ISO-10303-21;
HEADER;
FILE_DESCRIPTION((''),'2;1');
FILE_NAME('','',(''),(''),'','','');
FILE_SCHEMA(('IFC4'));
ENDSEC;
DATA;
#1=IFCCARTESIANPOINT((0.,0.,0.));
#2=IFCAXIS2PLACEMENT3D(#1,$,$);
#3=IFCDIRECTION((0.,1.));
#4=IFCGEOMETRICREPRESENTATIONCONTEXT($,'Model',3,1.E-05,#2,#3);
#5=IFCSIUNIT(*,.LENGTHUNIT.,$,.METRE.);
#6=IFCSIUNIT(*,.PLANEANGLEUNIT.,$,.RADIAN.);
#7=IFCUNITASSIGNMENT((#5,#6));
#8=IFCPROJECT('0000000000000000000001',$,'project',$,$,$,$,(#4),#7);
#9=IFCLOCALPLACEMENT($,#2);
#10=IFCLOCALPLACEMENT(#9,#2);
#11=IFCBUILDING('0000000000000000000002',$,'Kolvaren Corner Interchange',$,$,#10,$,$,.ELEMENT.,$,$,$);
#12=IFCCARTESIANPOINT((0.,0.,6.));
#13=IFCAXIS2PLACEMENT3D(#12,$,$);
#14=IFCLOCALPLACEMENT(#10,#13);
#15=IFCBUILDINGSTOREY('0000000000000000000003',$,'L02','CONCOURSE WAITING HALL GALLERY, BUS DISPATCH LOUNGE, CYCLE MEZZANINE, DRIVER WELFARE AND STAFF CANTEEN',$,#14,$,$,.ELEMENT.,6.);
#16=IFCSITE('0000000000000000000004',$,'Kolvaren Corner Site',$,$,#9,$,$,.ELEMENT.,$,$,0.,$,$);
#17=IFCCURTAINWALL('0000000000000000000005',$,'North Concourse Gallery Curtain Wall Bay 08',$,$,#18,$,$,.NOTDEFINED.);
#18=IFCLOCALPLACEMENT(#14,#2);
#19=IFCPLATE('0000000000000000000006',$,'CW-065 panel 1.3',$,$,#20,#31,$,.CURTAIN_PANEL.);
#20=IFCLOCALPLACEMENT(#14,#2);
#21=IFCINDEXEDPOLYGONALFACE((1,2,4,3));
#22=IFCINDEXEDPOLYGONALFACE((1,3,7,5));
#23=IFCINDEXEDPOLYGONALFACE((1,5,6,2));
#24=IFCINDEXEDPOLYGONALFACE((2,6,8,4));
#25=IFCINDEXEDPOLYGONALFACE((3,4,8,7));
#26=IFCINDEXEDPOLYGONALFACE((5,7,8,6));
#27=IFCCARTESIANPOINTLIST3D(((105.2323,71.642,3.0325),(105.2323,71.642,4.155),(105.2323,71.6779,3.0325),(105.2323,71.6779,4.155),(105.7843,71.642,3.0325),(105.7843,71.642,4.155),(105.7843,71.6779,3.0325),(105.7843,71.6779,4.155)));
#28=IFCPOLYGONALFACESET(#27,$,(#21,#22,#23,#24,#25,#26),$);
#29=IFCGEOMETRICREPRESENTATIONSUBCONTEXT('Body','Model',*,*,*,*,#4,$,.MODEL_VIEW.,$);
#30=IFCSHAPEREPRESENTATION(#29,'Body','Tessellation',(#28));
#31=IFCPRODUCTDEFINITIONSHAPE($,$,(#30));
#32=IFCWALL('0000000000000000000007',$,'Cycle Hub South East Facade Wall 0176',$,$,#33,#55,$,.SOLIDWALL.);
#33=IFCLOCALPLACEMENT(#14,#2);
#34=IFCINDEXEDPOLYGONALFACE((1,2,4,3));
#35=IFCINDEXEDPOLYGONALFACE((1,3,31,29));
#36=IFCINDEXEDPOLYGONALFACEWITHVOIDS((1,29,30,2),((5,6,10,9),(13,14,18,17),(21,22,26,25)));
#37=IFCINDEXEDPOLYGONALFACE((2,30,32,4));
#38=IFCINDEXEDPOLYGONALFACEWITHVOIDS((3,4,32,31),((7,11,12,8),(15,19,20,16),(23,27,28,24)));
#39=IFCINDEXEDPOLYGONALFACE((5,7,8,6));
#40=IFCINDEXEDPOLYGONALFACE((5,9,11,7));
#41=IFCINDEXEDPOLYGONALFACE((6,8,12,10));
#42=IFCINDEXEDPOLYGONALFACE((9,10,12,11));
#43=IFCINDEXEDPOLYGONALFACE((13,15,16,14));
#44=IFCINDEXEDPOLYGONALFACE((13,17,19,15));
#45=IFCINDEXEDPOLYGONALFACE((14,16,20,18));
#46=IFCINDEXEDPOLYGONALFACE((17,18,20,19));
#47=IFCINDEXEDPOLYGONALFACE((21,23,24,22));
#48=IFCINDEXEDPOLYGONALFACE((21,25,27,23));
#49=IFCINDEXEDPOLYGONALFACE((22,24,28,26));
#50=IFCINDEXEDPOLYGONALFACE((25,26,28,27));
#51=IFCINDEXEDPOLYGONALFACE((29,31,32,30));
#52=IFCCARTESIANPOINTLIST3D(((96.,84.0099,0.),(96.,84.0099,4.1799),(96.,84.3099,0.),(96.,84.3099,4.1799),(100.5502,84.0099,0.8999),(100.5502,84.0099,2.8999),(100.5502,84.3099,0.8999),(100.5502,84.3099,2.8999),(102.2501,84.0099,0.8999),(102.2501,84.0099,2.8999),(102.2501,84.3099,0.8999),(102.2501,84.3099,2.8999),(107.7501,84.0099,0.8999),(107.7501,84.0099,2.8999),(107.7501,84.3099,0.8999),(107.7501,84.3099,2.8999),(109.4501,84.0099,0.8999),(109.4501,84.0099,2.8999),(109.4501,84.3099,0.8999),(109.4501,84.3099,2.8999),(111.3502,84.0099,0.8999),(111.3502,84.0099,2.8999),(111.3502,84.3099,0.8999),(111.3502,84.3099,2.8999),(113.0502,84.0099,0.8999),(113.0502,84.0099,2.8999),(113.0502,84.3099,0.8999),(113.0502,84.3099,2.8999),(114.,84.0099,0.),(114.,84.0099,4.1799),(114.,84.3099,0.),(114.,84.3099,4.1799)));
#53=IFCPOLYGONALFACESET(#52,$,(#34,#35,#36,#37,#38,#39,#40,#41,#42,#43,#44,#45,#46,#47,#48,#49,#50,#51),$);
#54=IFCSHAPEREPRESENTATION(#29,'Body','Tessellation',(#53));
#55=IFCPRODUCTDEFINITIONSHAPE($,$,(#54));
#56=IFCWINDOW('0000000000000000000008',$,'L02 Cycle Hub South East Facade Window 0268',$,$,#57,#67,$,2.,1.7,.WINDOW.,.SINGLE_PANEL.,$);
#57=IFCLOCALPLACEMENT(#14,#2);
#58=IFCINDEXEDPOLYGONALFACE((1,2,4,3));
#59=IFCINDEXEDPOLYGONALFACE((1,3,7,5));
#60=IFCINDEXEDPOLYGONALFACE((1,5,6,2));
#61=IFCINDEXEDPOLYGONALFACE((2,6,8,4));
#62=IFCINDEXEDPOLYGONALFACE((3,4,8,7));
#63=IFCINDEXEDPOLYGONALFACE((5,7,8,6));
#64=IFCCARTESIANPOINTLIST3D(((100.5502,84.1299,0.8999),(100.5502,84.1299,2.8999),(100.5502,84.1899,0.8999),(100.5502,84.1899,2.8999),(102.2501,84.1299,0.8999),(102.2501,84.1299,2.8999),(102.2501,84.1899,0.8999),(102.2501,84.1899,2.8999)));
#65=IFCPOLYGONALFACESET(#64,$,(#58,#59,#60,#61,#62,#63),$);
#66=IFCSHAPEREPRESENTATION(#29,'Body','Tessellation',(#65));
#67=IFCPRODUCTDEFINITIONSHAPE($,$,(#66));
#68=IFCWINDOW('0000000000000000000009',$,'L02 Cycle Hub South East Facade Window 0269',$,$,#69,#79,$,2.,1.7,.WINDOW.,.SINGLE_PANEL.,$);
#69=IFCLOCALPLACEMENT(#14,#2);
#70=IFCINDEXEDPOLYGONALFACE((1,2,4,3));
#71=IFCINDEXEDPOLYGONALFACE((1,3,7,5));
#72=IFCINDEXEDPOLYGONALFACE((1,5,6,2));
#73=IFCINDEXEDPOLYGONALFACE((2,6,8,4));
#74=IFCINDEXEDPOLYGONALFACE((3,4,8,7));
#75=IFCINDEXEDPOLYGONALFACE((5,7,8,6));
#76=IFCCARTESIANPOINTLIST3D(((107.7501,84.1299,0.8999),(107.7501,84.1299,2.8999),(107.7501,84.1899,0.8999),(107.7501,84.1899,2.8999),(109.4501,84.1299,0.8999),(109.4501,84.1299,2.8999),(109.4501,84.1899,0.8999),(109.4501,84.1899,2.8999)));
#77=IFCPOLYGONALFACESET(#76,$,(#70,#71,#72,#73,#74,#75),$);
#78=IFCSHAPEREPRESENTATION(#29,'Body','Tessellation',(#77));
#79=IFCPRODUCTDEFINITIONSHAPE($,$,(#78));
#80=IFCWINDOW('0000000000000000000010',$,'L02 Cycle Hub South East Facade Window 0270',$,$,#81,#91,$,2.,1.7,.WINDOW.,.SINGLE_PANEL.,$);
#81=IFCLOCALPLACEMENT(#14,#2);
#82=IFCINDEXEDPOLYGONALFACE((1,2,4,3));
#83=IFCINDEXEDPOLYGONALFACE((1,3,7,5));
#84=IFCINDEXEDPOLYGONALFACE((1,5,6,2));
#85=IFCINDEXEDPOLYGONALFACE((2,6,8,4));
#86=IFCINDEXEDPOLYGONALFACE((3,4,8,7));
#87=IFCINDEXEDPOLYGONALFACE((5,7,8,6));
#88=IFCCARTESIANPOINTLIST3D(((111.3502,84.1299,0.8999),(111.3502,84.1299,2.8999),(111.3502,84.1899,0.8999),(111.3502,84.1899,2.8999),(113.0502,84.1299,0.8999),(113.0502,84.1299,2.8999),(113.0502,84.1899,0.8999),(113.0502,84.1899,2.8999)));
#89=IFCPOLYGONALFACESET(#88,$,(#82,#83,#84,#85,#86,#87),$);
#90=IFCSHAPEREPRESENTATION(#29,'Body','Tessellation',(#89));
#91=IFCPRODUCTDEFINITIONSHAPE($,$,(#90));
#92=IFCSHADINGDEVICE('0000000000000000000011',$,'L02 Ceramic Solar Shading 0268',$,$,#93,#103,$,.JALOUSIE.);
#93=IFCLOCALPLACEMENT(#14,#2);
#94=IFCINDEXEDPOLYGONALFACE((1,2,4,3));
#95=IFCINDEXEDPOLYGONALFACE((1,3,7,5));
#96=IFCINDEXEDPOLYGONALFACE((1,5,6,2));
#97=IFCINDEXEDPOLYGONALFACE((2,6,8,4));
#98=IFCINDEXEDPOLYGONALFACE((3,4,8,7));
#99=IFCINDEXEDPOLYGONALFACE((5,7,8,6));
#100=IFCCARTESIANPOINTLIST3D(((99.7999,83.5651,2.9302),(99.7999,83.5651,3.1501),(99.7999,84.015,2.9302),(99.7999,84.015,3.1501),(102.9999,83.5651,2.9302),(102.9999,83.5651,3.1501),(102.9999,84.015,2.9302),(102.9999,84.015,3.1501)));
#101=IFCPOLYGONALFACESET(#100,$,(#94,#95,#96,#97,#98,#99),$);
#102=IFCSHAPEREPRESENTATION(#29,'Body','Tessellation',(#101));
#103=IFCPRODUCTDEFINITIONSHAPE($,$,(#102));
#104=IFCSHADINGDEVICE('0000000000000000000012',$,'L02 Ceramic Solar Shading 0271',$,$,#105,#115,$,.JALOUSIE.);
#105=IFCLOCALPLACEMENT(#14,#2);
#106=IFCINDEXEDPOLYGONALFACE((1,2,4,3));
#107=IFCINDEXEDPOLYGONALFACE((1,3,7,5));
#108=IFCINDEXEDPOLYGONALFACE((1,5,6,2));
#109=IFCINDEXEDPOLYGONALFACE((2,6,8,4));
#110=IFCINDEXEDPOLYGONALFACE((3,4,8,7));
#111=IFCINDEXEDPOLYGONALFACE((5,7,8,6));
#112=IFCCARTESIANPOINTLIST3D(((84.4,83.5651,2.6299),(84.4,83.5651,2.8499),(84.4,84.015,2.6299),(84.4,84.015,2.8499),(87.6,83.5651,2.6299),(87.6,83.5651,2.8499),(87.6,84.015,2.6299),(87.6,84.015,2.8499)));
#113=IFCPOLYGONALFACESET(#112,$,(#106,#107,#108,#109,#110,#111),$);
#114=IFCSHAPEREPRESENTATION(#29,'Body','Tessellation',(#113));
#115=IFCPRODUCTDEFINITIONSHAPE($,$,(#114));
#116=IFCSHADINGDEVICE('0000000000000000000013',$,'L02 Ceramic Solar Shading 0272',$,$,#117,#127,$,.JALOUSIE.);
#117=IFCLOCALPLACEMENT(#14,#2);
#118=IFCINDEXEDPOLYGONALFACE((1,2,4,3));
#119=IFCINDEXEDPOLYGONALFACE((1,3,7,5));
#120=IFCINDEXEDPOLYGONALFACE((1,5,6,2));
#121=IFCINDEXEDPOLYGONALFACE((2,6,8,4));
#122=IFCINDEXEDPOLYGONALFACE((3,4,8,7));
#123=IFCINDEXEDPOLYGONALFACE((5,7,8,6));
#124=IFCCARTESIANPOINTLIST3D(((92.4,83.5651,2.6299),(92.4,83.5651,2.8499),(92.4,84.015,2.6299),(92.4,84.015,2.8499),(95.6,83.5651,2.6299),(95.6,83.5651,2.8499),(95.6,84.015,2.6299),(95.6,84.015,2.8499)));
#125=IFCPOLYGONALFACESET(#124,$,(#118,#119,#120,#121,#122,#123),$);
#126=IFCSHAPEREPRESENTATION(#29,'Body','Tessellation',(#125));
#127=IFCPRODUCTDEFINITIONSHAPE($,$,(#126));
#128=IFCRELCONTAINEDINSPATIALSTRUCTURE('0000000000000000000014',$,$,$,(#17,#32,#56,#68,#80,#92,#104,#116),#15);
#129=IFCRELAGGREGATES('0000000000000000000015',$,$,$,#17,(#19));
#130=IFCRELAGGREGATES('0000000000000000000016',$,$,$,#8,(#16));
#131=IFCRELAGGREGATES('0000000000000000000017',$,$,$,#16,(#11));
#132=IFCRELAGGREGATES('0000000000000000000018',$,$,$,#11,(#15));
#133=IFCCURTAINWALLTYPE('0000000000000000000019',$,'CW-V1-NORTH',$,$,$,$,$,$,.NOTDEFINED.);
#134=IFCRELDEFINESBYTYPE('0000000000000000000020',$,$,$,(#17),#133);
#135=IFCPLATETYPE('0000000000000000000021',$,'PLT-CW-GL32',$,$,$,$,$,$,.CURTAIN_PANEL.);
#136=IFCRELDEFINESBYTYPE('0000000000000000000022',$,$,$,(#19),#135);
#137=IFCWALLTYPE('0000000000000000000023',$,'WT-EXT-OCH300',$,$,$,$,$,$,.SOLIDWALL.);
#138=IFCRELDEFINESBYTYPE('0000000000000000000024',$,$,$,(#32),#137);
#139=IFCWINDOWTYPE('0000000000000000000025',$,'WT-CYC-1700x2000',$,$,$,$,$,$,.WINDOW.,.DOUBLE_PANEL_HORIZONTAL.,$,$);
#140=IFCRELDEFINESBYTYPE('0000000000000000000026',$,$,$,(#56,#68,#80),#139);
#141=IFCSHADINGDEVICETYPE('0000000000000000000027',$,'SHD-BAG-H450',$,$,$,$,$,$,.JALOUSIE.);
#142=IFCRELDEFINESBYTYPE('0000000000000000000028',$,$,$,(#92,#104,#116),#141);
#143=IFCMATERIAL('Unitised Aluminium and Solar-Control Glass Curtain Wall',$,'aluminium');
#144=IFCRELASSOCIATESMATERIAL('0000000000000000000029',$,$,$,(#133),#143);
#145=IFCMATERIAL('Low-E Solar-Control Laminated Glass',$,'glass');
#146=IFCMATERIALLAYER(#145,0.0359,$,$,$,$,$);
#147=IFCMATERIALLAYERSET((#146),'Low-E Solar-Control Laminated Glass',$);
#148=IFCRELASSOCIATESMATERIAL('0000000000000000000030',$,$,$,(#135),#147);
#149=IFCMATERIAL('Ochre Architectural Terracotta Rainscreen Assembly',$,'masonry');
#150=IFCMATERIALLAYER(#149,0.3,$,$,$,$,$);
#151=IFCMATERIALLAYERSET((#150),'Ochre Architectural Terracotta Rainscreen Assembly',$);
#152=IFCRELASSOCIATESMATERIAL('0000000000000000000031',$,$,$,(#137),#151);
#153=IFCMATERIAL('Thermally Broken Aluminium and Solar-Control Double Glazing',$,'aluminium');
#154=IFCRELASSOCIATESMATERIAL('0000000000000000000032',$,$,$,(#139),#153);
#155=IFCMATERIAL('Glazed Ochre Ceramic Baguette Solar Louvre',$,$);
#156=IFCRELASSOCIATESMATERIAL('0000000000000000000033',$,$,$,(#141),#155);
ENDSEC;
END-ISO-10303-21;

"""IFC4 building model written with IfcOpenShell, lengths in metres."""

from ifc_helpers import new_model, si_unit, direction, frame, frame_2d, origin, origin_2d, place, context, subcontext, project, spatial, rectangle, extrude, material, layer, layer_set, type_object, element, fill, aggregate, save


model = new_model("IFC4")

# Units and contexts
model_context = context("Model", 3, precision=1e-05, world=origin(), true_north=direction((0.0, 1.0)))
body_context = subcontext(model_context, "Body", "Model", "MODEL_VIEW")
ifc_project = project(units=[si_unit("LENGTHUNIT", "METRE"), si_unit("PLANEANGLEUNIT", "RADIAN")], contexts=[model_context])

# Site, building, storey
site_placement = place(None, origin())
site = spatial("IfcSite", under=ifc_project, at=site_placement, Name="Kolvaren Corner Site", CompositionType="ELEMENT", RefElevation=0.0)
building_placement = place(site_placement, origin())
building = spatial("IfcBuilding", under=site, at=building_placement, Name="Kolvaren Corner Interchange", CompositionType="ELEMENT")
storey_placement = place(building_placement, frame((0.0, 0.0, 6.0)))
storey = spatial("IfcBuildingStorey", under=building, at=storey_placement, Name="L02", Description="CONCOURSE WAITING HALL GALLERY, BUS DISPATCH LOUNGE, CYCLE MEZZANINE, DRIVER WELFARE AND STAFF CANTEEN", CompositionType="ELEMENT", Elevation=6.0)

# Shared definitions
ifc_material_1 = material(Name="Unitised Aluminium and Solar-Control Glass Curtain Wall", Category="aluminium")
curtain_wall_type = type_object("IfcCurtainWallType", Name="CW-V1-NORTH", PredefinedType="NOTDEFINED", material=ifc_material_1)

# Curtain wall
curtain_wall_1_placement = place(storey_placement, origin())
curtain_wall_1 = element("IfcCurtainWall", 1, at=curtain_wall_1_placement, inside=storey, type_object=curtain_wall_type, Name="North Concourse Gallery Curtain Wall Bay 08", PredefinedType="NOTDEFINED")

# Plate
ifc_material_2 = material(Name="Low-E Solar-Control Laminated Glass", Category="glass")
ifc_layer_1 = layer(ifc_material_2, 0.0359)
ifc_layer_set_1 = layer_set([ifc_layer_1], Name="Low-E Solar-Control Laminated Glass")
plate_type = type_object("IfcPlateType", Name="PLT-CW-GL32", PredefinedType="CURTAIN_PANEL", material=ifc_layer_set_1)
plate_1_placement = place(storey_placement, frame((105.5083, 71.6599, 3.0325), z_axis=(0.0, 0.0, 1.0), x_axis=(-1.0, 0.0, 0.0)))
plate_1 = element("IfcPlate", 2, at=plate_1_placement, type_object=plate_type, Name="CW-065 panel 1.3", PredefinedType="CURTAIN_PANEL", context=body_context, shape_type="SweptSolid", body=[
    extrude(rectangle(XDim=0.552, YDim=0.0359, at=origin_2d()), origin(), (0.0, 0.0, 1.0), 1.1226),
])
aggregate(curtain_wall_1, [plate_1])

# Wall, openings, windows
ifc_material_3 = material(Name="Ochre Architectural Terracotta Rainscreen Assembly", Category="masonry")
ifc_layer_2 = layer(ifc_material_3, 0.3)
ifc_layer_set_2 = layer_set([ifc_layer_2], Name="Ochre Architectural Terracotta Rainscreen Assembly")
wall_type = type_object("IfcWallType", Name="WT-EXT-OCH300", PredefinedType="SOLIDWALL", material=ifc_layer_set_2)
wall_placement = place(storey_placement, frame((96.0, 84.1599, 0.0), z_axis=(0.0, 0.0, 1.0), x_axis=(1.0, 0.0, 0.0)))
wall = element("IfcWall", 3, at=wall_placement, inside=storey, type_object=wall_type, Name="Cycle Hub South East Facade Wall 0176", PredefinedType="SOLIDWALL", context=body_context, shape_type="SweptSolid", body=[
    extrude(rectangle(XDim=18.0, YDim=0.3, at=frame_2d((9.0, 0.0))), origin(), (0.0, 0.0, 1.0), 4.1799),
])
opening_1_placement = place(wall_placement, frame((4.55, 0.0, 0.8999)))
opening_1 = element("IfcOpeningElement", 4, at=opening_1_placement, cuts=wall, PredefinedType="OPENING", context=body_context, shape_type="SweptSolid", body=[
    extrude(rectangle(XDim=1.7, YDim=2.0, at=frame_2d((0.8501, 1.0))), frame((0.0, 0.1599, 0.0), z_axis=(0.0, -1.0, 0.0), x_axis=(1.0, 0.0, 0.0)), (0.0, 0.0, 1.0), 0.3201),
])
opening_2_placement = place(wall_placement, frame((11.75, 0.0, 0.8999)))
opening_2 = element("IfcOpeningElement", 5, at=opening_2_placement, cuts=wall, PredefinedType="OPENING", context=body_context, shape_type="SweptSolid", body=[
    extrude(rectangle(XDim=1.7, YDim=2.0, at=frame_2d((0.8501, 1.0))), frame((0.0, 0.1599, 0.0), z_axis=(0.0, -1.0, 0.0), x_axis=(1.0, 0.0, 0.0)), (0.0, 0.0, 1.0), 0.3201),
])
opening_3_placement = place(wall_placement, frame((15.3501, 0.0, 0.8999)))
opening_3 = element("IfcOpeningElement", 6, at=opening_3_placement, cuts=wall, PredefinedType="OPENING", context=body_context, shape_type="SweptSolid", body=[
    extrude(rectangle(XDim=1.7, YDim=2.0, at=frame_2d((0.8501, 1.0))), frame((0.0, 0.1599, 0.0), z_axis=(0.0, -1.0, 0.0), x_axis=(1.0, 0.0, 0.0)), (0.0, 0.0, 1.0), 0.3201),
])
ifc_material_4 = material(Name="Thermally Broken Aluminium and Solar-Control Double Glazing", Category="aluminium")
window_type = type_object("IfcWindowType", Name="WT-CYC-1700x2000", PartitioningType="DOUBLE_PANEL_HORIZONTAL", PredefinedType="WINDOW", material=ifc_material_4)
window_1_placement = place(opening_1_placement, origin())
window_1 = element("IfcWindow", 7, at=window_1_placement, inside=storey, type_object=window_type, Name="L02 Cycle Hub South East Facade Window 0268", OverallHeight=2.0, OverallWidth=1.7, PartitioningType="SINGLE_PANEL", PredefinedType="WINDOW", context=body_context, shape_type="SweptSolid", body=[
    extrude(rectangle(XDim=1.7, YDim=2.0, at=frame_2d((0.8501, 1.0))), frame((0.0, 0.03, 0.0), z_axis=(0.0, -1.0, 0.0), x_axis=(1.0, 0.0, 0.0)), (0.0, 0.0, 1.0), 0.0601),
])
fill(opening_1, window_1)
window_2_placement = place(opening_2_placement, origin())
window_2 = element("IfcWindow", 8, at=window_2_placement, inside=storey, type_object=window_type, Name="L02 Cycle Hub South East Facade Window 0269", OverallHeight=2.0, OverallWidth=1.7, PartitioningType="SINGLE_PANEL", PredefinedType="WINDOW", context=body_context, shape_type="SweptSolid", body=[
    extrude(rectangle(XDim=1.7, YDim=2.0, at=frame_2d((0.8501, 1.0))), frame((0.0, 0.03, 0.0), z_axis=(0.0, -1.0, 0.0), x_axis=(1.0, 0.0, 0.0)), (0.0, 0.0, 1.0), 0.0601),
])
fill(opening_2, window_2)
window_3_placement = place(opening_3_placement, origin())
window_3 = element("IfcWindow", 9, at=window_3_placement, inside=storey, type_object=window_type, Name="L02 Cycle Hub South East Facade Window 0270", OverallHeight=2.0, OverallWidth=1.7, PartitioningType="SINGLE_PANEL", PredefinedType="WINDOW", context=body_context, shape_type="SweptSolid", body=[
    extrude(rectangle(XDim=1.7, YDim=2.0, at=frame_2d((0.8501, 1.0))), frame((0.0, 0.03, 0.0), z_axis=(0.0, -1.0, 0.0), x_axis=(1.0, 0.0, 0.0)), (0.0, 0.0, 1.0), 0.0601),
])
fill(opening_3, window_3)

# Shading devices
ifc_material_5 = material(Name="Glazed Ochre Ceramic Baguette Solar Louvre")
shading_device_type = type_object("IfcShadingDeviceType", Name="SHD-BAG-H450", PredefinedType="JALOUSIE", material=ifc_material_5)
for number, where, z_axis, x_axis, name in (
    (10, (101.3999, 83.79, 2.9302), (0.0, 0.0, 1.0), (1.0, 0.0, 0.0), "L02 Ceramic Solar Shading 0268"),
    (11, (86.0, 83.79, 2.6299), (0.0, 0.0, 1.0), (1.0, 0.0, 0.0), "L02 Ceramic Solar Shading 0271"),
    (12, (94.0, 83.79, 2.6299), (0.0, 0.0, 1.0), (1.0, 0.0, 0.0), "L02 Ceramic Solar Shading 0272"),
):
    element("IfcShadingDevice", number, at=place(storey_placement, frame(where, z_axis=z_axis, x_axis=x_axis)), inside=storey, type_object=shading_device_type, Name=name, PredefinedType="JALOUSIE", context=body_context, shape_type="SweptSolid", body=[
        extrude(rectangle(XDim=3.2, YDim=0.45, at=origin_2d()), origin(), (0.0, 0.0, 1.0), 0.22),
    ])

save(model, "model.ifc")
